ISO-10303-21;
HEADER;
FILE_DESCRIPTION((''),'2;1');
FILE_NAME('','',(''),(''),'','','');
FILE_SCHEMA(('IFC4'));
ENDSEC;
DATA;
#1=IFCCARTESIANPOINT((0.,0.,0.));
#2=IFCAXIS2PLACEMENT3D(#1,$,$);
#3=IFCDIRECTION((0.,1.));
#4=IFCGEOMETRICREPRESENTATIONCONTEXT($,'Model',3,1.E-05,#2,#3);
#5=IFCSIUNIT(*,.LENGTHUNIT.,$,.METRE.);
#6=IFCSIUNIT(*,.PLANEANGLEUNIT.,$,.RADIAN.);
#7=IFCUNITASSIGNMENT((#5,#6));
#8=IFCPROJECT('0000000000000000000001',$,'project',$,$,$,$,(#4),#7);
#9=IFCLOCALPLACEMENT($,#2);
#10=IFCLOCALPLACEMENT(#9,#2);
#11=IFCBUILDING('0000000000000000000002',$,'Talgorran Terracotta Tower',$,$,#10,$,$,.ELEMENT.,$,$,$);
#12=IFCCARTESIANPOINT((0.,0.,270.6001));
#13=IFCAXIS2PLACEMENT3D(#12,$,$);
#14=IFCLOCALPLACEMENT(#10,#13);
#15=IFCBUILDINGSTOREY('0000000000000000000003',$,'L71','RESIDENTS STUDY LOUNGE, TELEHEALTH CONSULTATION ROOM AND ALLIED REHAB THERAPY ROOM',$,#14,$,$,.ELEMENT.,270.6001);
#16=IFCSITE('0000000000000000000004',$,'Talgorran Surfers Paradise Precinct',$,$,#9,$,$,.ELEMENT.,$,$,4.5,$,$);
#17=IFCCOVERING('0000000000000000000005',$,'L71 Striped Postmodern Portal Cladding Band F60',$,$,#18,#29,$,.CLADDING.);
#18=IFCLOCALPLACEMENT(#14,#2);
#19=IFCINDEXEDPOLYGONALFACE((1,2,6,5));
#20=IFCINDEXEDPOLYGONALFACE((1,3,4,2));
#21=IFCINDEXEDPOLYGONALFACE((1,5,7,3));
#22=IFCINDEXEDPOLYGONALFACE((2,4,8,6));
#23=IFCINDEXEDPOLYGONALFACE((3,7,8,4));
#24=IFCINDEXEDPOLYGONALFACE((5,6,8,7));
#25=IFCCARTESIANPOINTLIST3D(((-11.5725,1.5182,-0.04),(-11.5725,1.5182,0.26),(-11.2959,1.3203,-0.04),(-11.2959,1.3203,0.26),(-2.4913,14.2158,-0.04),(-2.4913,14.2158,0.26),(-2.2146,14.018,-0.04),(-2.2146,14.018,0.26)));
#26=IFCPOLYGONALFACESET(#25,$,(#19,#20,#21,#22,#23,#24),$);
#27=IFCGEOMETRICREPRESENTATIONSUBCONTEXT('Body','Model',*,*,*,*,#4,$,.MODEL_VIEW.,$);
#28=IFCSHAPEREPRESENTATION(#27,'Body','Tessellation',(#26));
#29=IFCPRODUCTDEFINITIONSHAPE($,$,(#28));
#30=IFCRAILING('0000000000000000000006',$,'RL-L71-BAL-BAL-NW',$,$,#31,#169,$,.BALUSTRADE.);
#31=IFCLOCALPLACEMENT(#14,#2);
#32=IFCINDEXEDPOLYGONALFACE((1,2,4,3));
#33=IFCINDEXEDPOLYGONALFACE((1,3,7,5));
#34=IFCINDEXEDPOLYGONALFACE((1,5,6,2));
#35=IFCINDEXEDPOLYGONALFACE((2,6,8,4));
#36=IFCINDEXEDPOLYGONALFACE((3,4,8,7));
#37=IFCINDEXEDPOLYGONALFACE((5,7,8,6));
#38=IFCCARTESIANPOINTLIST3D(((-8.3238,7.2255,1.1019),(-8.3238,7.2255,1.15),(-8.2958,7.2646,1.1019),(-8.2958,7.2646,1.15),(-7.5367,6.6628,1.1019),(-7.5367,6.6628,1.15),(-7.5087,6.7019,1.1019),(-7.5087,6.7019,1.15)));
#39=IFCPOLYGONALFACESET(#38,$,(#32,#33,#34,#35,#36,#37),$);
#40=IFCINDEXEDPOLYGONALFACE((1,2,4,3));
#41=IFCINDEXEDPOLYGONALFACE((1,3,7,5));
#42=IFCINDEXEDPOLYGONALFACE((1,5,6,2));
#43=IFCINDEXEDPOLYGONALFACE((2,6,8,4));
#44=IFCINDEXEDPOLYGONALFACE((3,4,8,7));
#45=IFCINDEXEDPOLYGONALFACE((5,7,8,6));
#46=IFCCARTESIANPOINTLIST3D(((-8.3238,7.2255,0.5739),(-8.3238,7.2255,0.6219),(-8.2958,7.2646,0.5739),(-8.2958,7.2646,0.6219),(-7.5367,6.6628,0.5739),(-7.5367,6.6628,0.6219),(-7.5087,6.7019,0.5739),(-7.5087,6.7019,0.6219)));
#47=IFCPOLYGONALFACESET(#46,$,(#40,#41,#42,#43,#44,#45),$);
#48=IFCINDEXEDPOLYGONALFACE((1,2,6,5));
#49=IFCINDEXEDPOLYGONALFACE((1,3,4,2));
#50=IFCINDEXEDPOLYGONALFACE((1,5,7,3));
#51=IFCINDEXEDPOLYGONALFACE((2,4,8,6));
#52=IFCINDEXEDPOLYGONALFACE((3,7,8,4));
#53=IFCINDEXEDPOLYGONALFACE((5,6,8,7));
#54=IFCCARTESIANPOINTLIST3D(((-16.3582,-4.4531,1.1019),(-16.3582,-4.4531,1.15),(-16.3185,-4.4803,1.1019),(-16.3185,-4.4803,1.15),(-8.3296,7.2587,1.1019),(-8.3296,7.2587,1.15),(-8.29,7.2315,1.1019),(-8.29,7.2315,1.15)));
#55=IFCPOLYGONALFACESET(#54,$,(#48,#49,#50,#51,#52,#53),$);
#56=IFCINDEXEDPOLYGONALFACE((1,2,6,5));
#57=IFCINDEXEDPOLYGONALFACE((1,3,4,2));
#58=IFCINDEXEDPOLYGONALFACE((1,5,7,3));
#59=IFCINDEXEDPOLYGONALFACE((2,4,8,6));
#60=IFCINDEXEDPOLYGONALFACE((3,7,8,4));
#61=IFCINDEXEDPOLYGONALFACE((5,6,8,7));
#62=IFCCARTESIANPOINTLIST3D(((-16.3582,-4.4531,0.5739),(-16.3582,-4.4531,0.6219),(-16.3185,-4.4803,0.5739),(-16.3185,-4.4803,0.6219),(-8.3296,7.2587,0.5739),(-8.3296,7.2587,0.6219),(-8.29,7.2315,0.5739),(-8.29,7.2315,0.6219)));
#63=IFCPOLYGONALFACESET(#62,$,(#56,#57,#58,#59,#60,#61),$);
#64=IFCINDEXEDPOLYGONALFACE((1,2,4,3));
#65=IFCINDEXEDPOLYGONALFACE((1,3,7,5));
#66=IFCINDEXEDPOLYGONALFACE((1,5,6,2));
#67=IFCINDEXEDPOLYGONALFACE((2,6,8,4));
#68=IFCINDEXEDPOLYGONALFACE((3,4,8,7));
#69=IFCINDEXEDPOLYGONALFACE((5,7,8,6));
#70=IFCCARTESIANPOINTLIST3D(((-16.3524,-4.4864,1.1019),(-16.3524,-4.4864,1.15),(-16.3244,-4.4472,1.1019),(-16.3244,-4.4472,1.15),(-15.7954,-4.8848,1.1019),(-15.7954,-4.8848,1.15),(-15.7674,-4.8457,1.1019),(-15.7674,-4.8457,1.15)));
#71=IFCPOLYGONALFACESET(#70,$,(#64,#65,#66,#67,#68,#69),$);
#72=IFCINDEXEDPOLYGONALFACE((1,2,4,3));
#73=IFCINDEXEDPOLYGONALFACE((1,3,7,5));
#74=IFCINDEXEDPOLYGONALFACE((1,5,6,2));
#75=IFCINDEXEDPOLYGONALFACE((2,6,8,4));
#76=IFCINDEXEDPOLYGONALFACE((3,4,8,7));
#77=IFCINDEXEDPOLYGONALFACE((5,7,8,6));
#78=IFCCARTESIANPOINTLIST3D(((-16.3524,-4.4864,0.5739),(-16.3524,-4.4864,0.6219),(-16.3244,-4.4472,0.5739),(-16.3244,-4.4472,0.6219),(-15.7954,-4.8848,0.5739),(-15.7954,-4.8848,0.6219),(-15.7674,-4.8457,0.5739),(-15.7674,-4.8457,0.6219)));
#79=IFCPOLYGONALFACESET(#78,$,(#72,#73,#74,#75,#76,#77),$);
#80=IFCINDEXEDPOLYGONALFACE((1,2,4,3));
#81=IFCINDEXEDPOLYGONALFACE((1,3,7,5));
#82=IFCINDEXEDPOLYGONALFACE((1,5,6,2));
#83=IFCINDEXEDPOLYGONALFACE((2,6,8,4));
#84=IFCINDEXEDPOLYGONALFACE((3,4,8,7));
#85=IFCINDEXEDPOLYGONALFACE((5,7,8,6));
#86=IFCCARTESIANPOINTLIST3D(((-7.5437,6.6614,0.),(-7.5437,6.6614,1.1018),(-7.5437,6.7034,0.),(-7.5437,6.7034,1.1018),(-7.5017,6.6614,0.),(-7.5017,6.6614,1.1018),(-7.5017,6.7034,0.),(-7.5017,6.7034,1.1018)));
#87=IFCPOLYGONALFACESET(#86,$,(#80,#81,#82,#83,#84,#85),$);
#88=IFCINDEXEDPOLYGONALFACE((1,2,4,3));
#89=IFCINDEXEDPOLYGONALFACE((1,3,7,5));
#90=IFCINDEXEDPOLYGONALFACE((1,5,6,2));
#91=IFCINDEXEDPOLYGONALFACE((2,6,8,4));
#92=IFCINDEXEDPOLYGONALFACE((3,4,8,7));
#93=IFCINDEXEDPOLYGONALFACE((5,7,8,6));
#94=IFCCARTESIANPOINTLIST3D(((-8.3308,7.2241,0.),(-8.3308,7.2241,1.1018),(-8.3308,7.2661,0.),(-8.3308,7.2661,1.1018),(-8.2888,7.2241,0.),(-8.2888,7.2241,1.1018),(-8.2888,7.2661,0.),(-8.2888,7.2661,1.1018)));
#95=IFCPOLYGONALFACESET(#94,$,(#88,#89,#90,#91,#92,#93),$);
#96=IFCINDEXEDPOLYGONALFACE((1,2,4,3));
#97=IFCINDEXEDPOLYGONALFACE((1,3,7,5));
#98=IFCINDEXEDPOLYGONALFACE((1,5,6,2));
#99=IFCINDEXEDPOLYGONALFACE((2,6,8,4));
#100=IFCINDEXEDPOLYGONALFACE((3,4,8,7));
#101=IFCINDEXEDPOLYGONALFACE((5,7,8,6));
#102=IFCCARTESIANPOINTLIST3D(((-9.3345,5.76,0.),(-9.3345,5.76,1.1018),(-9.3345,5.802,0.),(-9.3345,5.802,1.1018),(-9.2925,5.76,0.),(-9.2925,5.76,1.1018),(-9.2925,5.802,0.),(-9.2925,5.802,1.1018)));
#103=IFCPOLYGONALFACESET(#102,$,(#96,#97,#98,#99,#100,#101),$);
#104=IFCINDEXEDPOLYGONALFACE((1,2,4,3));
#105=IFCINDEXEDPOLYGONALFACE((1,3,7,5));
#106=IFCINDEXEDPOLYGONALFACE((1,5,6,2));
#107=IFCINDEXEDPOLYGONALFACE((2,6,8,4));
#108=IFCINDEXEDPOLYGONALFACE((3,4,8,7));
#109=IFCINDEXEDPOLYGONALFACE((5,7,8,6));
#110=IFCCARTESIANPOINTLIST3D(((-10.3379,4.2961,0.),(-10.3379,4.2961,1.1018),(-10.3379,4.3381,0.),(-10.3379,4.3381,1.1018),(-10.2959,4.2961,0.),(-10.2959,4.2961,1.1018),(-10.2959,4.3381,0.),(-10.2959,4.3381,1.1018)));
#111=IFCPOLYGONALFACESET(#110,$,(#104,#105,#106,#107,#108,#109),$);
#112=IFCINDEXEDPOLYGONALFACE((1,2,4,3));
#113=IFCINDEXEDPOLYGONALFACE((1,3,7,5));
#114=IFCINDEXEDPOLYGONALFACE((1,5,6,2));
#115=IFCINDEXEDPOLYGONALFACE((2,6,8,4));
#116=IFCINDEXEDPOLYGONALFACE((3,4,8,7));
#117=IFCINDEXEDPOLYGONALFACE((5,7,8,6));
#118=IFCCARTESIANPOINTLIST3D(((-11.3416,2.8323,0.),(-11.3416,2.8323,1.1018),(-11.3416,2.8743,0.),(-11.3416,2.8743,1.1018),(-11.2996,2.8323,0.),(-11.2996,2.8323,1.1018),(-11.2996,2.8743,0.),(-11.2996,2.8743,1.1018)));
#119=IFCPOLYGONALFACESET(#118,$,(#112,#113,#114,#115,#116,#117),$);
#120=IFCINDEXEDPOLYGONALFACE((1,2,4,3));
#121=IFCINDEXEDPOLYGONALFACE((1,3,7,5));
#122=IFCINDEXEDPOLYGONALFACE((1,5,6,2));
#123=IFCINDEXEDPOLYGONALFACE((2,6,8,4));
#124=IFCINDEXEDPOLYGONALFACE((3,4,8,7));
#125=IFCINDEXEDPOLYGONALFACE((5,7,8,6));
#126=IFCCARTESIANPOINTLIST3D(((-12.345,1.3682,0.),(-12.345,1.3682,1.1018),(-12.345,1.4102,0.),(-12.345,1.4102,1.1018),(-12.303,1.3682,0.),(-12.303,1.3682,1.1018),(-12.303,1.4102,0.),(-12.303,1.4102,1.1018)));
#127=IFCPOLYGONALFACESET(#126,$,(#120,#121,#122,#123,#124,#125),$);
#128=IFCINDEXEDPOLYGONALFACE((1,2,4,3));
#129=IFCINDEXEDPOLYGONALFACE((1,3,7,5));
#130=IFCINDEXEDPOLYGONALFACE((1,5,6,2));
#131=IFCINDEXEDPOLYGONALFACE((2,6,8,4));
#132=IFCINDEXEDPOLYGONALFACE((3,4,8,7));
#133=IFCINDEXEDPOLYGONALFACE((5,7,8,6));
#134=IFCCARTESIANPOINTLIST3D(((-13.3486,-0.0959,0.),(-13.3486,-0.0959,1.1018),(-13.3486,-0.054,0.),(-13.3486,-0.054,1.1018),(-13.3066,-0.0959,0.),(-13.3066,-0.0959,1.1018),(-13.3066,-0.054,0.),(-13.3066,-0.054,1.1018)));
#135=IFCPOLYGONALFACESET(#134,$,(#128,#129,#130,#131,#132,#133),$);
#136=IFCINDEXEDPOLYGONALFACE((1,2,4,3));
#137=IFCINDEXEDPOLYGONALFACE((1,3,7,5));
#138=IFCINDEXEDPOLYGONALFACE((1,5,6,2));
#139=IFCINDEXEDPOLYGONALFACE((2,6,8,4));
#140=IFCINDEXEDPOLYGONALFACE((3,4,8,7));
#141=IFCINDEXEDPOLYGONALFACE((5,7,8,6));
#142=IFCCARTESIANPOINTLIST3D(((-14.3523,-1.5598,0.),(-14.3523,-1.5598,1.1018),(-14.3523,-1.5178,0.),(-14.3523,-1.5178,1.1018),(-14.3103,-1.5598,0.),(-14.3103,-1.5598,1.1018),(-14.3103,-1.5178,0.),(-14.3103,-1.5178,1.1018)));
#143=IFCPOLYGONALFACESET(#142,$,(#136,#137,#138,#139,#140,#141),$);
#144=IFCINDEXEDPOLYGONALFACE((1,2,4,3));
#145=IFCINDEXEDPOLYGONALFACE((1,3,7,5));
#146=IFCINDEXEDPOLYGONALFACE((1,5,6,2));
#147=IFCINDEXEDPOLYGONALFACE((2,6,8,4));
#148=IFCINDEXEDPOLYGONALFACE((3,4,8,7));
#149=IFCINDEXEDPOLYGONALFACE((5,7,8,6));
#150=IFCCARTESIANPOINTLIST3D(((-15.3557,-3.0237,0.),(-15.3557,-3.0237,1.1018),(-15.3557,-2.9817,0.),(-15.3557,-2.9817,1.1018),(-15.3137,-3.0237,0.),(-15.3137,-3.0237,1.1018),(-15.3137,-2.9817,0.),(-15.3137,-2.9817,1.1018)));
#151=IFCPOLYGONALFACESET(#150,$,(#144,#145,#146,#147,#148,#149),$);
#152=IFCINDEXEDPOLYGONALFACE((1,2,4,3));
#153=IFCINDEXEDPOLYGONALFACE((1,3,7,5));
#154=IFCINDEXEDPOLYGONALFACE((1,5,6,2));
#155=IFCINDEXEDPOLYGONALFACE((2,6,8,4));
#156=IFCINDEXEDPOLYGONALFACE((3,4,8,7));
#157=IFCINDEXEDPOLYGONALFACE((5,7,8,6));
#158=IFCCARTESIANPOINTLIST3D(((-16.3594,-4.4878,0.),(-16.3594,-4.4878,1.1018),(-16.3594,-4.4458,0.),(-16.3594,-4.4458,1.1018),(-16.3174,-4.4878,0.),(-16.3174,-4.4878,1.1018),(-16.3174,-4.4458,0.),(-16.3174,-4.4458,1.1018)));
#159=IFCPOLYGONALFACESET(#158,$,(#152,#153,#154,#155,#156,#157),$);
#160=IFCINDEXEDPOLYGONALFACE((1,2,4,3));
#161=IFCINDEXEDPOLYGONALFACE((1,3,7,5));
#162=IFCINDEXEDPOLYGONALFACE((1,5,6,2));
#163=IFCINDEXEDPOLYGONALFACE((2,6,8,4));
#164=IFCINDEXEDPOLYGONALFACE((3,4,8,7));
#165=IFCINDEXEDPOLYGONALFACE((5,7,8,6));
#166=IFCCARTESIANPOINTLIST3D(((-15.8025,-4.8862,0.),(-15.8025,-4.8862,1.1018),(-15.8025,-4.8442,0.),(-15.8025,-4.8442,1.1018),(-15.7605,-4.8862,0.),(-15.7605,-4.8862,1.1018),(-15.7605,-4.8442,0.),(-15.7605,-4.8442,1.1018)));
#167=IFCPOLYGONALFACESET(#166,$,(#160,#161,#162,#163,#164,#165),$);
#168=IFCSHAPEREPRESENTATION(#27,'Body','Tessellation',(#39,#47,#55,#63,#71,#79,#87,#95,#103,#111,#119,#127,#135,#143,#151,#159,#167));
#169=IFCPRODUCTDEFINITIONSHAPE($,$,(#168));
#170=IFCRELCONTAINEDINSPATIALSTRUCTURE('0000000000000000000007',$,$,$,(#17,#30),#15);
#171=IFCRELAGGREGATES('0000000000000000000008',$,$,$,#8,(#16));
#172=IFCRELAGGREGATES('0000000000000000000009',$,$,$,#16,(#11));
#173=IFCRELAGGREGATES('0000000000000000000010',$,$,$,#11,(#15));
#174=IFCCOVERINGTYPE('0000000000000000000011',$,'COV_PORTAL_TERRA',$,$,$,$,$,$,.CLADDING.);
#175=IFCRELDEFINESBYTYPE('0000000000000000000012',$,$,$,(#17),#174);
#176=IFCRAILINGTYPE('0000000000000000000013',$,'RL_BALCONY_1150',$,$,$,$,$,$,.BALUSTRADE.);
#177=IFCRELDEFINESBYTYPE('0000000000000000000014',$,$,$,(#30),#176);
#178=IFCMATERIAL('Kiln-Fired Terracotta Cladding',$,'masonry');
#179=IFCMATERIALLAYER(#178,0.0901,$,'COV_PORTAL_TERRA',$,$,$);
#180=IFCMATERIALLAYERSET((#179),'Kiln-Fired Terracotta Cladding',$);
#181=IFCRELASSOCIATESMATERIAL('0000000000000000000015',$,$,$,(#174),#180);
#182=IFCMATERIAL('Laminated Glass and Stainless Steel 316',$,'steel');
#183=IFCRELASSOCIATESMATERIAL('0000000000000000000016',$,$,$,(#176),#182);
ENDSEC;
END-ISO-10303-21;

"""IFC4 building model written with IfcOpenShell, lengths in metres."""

from ifc_helpers import new_model, si_unit, direction, frame, origin, origin_2d, place, context, subcontext, project, spatial, rectangle, extrude, material, layer, layer_set, type_object, element, save


model = new_model("IFC4")

# Units and contexts
model_context = context("Model", 3, precision=1e-05, world=origin(), true_north=direction((0.0, 1.0)))
body_context = subcontext(model_context, "Body", "Model", "MODEL_VIEW")
ifc_project = project(units=[si_unit("LENGTHUNIT", "METRE"), si_unit("PLANEANGLEUNIT", "RADIAN")], contexts=[model_context])

# Site, building, storey
site_placement = place(None, origin())
site = spatial("IfcSite", under=ifc_project, at=site_placement, Name="Talgorran Surfers Paradise Precinct", CompositionType="ELEMENT", RefElevation=4.5)
building_placement = place(site_placement, origin())
building = spatial("IfcBuilding", under=site, at=building_placement, Name="Talgorran Terracotta Tower", CompositionType="ELEMENT")
storey_placement = place(building_placement, frame((0.0, 0.0, 270.6001)))
storey = spatial("IfcBuildingStorey", under=building, at=storey_placement, Name="L71", Description="RESIDENTS STUDY LOUNGE, TELEHEALTH CONSULTATION ROOM AND ALLIED REHAB THERAPY ROOM", CompositionType="ELEMENT", Elevation=270.6001)

# Covering
ifc_material_1 = material(Name="Kiln-Fired Terracotta Cladding", Category="masonry")
ifc_layer_1 = layer(ifc_material_1, 0.0901, Name="COV_PORTAL_TERRA")
ifc_layer_set_1 = layer_set([ifc_layer_1], Name="Kiln-Fired Terracotta Cladding")
covering_type_1 = type_object("IfcCoveringType", Name="COV_PORTAL_TERRA", PredefinedType="CLADDING", material=ifc_layer_set_1)
covering_1_placement = place(storey_placement, frame((-6.8936, 7.7681, -0.04), z_axis=(0.0, 0.0, 1.0), x_axis=(-0.581726, -0.813385, 0.0)))
element("IfcCovering", 1, at=covering_1_placement, inside=storey, type_object=covering_type_1, Name="L71 Striped Postmodern Portal Cladding Band F60", PredefinedType="CLADDING", context=body_context, shape_type="SweptSolid", body=[
    extrude(rectangle(XDim=15.6108, YDim=0.3401, at=origin_2d()), origin(), (0.0, 0.0, 1.0), 0.3),
])

# Railing
ifc_material_2 = material(Name="Laminated Glass and Stainless Steel 316", Category="steel")
railing_type = type_object("IfcRailingType", Name="RL_BALCONY_1150", PredefinedType="BALUSTRADE", material=ifc_material_2)
railing_placement = place(storey_placement, frame((-7.5227, 6.6824, 0.0)))
element("IfcRailing", 2, at=railing_placement, inside=storey, type_object=railing_type, Name="RL-L71-BAL-BAL-NW", PredefinedType="BALUSTRADE", context=body_context, shape_type="SweptSolid", body=[
    extrude(rectangle(XDim=0.0481, YDim=0.0481, at=origin_2d()), frame((0.0, 0.0, 1.126), z_axis=(-0.813478, 0.581596, 0.0), x_axis=(-0.581596, -0.813478, 0.0)), (0.0, 0.0, 1.0), 0.9675),
    extrude(rectangle(XDim=0.0481, YDim=0.0481, at=origin_2d()), frame((0.0, 0.0, 0.5979), z_axis=(-0.813478, 0.581596, 0.0), x_axis=(-0.581596, -0.813478, 0.0)), (0.0, 0.0, 1.0), 0.9675),
    extrude(rectangle(XDim=0.0481, YDim=0.0481, at=origin_2d()), frame((-0.7871, 0.5627, 1.126), z_axis=(-0.56541, -0.82481, 0.0), x_axis=(0.82481, -0.56541, 0.0)), (0.0, 0.0, 1.0), 14.1995),
    extrude(rectangle(XDim=0.0481, YDim=0.0481, at=origin_2d()), frame((-0.7871, 0.5627, 0.5979), z_axis=(-0.56541, -0.82481, 0.0), x_axis=(0.82481, -0.56541, 0.0)), (0.0, 0.0, 1.0), 14.1995),
    extrude(rectangle(XDim=0.0481, YDim=0.0481, at=origin_2d()), frame((-8.8157, -11.1492, 1.126), z_axis=(0.813275, -0.581879, 0.0), x_axis=(0.581879, 0.813275, 0.0)), (0.0, 0.0, 1.0), 0.6848),
    extrude(rectangle(XDim=0.0481, YDim=0.0481, at=origin_2d()), frame((-8.8157, -11.1492, 0.5979), z_axis=(0.813275, -0.581879, 0.0), x_axis=(0.581879, 0.813275, 0.0)), (0.0, 0.0, 1.0), 0.6848),
    extrude(rectangle(XDim=0.042, YDim=0.042, at=origin_2d()), origin(), (0.0, 0.0, 1.0), 1.1018),
    extrude(rectangle(XDim=0.042, YDim=0.042, at=origin_2d()), frame((-0.7871, 0.5627, 0.0)), (0.0, 0.0, 1.0), 1.1018),
    extrude(rectangle(XDim=0.042, YDim=0.042, at=origin_2d()), frame((-1.7908, -0.9014, 0.0)), (0.0, 0.0, 1.0), 1.1018),
    extrude(rectangle(XDim=0.042, YDim=0.042, at=origin_2d()), frame((-2.7942, -2.3652, 0.0)), (0.0, 0.0, 1.0), 1.1018),
    extrude(rectangle(XDim=0.042, YDim=0.042, at=origin_2d()), frame((-3.7979, -3.8291, 0.0)), (0.0, 0.0, 1.0), 1.1018),
    extrude(rectangle(XDim=0.042, YDim=0.042, at=origin_2d()), frame((-4.8013, -5.2932, 0.0)), (0.0, 0.0, 1.0), 1.1018),
    extrude(rectangle(XDim=0.042, YDim=0.042, at=origin_2d()), frame((-5.8049, -6.7573, 0.0)), (0.0, 0.0, 1.0), 1.1018),
    extrude(rectangle(XDim=0.042, YDim=0.042, at=origin_2d()), frame((-6.8086, -8.2212, 0.0)), (0.0, 0.0, 1.0), 1.1018),
    extrude(rectangle(XDim=0.042, YDim=0.042, at=origin_2d()), frame((-7.812, -9.6851, 0.0)), (0.0, 0.0, 1.0), 1.1018),
    extrude(rectangle(XDim=0.042, YDim=0.042, at=origin_2d()), frame((-8.8157, -11.1492, 0.0)), (0.0, 0.0, 1.0), 1.1018),
    extrude(rectangle(XDim=0.042, YDim=0.042, at=origin_2d()), frame((-8.2588, -11.5476, 0.0)), (0.0, 0.0, 1.0), 1.1018),
])

save(model, "model.ifc")
